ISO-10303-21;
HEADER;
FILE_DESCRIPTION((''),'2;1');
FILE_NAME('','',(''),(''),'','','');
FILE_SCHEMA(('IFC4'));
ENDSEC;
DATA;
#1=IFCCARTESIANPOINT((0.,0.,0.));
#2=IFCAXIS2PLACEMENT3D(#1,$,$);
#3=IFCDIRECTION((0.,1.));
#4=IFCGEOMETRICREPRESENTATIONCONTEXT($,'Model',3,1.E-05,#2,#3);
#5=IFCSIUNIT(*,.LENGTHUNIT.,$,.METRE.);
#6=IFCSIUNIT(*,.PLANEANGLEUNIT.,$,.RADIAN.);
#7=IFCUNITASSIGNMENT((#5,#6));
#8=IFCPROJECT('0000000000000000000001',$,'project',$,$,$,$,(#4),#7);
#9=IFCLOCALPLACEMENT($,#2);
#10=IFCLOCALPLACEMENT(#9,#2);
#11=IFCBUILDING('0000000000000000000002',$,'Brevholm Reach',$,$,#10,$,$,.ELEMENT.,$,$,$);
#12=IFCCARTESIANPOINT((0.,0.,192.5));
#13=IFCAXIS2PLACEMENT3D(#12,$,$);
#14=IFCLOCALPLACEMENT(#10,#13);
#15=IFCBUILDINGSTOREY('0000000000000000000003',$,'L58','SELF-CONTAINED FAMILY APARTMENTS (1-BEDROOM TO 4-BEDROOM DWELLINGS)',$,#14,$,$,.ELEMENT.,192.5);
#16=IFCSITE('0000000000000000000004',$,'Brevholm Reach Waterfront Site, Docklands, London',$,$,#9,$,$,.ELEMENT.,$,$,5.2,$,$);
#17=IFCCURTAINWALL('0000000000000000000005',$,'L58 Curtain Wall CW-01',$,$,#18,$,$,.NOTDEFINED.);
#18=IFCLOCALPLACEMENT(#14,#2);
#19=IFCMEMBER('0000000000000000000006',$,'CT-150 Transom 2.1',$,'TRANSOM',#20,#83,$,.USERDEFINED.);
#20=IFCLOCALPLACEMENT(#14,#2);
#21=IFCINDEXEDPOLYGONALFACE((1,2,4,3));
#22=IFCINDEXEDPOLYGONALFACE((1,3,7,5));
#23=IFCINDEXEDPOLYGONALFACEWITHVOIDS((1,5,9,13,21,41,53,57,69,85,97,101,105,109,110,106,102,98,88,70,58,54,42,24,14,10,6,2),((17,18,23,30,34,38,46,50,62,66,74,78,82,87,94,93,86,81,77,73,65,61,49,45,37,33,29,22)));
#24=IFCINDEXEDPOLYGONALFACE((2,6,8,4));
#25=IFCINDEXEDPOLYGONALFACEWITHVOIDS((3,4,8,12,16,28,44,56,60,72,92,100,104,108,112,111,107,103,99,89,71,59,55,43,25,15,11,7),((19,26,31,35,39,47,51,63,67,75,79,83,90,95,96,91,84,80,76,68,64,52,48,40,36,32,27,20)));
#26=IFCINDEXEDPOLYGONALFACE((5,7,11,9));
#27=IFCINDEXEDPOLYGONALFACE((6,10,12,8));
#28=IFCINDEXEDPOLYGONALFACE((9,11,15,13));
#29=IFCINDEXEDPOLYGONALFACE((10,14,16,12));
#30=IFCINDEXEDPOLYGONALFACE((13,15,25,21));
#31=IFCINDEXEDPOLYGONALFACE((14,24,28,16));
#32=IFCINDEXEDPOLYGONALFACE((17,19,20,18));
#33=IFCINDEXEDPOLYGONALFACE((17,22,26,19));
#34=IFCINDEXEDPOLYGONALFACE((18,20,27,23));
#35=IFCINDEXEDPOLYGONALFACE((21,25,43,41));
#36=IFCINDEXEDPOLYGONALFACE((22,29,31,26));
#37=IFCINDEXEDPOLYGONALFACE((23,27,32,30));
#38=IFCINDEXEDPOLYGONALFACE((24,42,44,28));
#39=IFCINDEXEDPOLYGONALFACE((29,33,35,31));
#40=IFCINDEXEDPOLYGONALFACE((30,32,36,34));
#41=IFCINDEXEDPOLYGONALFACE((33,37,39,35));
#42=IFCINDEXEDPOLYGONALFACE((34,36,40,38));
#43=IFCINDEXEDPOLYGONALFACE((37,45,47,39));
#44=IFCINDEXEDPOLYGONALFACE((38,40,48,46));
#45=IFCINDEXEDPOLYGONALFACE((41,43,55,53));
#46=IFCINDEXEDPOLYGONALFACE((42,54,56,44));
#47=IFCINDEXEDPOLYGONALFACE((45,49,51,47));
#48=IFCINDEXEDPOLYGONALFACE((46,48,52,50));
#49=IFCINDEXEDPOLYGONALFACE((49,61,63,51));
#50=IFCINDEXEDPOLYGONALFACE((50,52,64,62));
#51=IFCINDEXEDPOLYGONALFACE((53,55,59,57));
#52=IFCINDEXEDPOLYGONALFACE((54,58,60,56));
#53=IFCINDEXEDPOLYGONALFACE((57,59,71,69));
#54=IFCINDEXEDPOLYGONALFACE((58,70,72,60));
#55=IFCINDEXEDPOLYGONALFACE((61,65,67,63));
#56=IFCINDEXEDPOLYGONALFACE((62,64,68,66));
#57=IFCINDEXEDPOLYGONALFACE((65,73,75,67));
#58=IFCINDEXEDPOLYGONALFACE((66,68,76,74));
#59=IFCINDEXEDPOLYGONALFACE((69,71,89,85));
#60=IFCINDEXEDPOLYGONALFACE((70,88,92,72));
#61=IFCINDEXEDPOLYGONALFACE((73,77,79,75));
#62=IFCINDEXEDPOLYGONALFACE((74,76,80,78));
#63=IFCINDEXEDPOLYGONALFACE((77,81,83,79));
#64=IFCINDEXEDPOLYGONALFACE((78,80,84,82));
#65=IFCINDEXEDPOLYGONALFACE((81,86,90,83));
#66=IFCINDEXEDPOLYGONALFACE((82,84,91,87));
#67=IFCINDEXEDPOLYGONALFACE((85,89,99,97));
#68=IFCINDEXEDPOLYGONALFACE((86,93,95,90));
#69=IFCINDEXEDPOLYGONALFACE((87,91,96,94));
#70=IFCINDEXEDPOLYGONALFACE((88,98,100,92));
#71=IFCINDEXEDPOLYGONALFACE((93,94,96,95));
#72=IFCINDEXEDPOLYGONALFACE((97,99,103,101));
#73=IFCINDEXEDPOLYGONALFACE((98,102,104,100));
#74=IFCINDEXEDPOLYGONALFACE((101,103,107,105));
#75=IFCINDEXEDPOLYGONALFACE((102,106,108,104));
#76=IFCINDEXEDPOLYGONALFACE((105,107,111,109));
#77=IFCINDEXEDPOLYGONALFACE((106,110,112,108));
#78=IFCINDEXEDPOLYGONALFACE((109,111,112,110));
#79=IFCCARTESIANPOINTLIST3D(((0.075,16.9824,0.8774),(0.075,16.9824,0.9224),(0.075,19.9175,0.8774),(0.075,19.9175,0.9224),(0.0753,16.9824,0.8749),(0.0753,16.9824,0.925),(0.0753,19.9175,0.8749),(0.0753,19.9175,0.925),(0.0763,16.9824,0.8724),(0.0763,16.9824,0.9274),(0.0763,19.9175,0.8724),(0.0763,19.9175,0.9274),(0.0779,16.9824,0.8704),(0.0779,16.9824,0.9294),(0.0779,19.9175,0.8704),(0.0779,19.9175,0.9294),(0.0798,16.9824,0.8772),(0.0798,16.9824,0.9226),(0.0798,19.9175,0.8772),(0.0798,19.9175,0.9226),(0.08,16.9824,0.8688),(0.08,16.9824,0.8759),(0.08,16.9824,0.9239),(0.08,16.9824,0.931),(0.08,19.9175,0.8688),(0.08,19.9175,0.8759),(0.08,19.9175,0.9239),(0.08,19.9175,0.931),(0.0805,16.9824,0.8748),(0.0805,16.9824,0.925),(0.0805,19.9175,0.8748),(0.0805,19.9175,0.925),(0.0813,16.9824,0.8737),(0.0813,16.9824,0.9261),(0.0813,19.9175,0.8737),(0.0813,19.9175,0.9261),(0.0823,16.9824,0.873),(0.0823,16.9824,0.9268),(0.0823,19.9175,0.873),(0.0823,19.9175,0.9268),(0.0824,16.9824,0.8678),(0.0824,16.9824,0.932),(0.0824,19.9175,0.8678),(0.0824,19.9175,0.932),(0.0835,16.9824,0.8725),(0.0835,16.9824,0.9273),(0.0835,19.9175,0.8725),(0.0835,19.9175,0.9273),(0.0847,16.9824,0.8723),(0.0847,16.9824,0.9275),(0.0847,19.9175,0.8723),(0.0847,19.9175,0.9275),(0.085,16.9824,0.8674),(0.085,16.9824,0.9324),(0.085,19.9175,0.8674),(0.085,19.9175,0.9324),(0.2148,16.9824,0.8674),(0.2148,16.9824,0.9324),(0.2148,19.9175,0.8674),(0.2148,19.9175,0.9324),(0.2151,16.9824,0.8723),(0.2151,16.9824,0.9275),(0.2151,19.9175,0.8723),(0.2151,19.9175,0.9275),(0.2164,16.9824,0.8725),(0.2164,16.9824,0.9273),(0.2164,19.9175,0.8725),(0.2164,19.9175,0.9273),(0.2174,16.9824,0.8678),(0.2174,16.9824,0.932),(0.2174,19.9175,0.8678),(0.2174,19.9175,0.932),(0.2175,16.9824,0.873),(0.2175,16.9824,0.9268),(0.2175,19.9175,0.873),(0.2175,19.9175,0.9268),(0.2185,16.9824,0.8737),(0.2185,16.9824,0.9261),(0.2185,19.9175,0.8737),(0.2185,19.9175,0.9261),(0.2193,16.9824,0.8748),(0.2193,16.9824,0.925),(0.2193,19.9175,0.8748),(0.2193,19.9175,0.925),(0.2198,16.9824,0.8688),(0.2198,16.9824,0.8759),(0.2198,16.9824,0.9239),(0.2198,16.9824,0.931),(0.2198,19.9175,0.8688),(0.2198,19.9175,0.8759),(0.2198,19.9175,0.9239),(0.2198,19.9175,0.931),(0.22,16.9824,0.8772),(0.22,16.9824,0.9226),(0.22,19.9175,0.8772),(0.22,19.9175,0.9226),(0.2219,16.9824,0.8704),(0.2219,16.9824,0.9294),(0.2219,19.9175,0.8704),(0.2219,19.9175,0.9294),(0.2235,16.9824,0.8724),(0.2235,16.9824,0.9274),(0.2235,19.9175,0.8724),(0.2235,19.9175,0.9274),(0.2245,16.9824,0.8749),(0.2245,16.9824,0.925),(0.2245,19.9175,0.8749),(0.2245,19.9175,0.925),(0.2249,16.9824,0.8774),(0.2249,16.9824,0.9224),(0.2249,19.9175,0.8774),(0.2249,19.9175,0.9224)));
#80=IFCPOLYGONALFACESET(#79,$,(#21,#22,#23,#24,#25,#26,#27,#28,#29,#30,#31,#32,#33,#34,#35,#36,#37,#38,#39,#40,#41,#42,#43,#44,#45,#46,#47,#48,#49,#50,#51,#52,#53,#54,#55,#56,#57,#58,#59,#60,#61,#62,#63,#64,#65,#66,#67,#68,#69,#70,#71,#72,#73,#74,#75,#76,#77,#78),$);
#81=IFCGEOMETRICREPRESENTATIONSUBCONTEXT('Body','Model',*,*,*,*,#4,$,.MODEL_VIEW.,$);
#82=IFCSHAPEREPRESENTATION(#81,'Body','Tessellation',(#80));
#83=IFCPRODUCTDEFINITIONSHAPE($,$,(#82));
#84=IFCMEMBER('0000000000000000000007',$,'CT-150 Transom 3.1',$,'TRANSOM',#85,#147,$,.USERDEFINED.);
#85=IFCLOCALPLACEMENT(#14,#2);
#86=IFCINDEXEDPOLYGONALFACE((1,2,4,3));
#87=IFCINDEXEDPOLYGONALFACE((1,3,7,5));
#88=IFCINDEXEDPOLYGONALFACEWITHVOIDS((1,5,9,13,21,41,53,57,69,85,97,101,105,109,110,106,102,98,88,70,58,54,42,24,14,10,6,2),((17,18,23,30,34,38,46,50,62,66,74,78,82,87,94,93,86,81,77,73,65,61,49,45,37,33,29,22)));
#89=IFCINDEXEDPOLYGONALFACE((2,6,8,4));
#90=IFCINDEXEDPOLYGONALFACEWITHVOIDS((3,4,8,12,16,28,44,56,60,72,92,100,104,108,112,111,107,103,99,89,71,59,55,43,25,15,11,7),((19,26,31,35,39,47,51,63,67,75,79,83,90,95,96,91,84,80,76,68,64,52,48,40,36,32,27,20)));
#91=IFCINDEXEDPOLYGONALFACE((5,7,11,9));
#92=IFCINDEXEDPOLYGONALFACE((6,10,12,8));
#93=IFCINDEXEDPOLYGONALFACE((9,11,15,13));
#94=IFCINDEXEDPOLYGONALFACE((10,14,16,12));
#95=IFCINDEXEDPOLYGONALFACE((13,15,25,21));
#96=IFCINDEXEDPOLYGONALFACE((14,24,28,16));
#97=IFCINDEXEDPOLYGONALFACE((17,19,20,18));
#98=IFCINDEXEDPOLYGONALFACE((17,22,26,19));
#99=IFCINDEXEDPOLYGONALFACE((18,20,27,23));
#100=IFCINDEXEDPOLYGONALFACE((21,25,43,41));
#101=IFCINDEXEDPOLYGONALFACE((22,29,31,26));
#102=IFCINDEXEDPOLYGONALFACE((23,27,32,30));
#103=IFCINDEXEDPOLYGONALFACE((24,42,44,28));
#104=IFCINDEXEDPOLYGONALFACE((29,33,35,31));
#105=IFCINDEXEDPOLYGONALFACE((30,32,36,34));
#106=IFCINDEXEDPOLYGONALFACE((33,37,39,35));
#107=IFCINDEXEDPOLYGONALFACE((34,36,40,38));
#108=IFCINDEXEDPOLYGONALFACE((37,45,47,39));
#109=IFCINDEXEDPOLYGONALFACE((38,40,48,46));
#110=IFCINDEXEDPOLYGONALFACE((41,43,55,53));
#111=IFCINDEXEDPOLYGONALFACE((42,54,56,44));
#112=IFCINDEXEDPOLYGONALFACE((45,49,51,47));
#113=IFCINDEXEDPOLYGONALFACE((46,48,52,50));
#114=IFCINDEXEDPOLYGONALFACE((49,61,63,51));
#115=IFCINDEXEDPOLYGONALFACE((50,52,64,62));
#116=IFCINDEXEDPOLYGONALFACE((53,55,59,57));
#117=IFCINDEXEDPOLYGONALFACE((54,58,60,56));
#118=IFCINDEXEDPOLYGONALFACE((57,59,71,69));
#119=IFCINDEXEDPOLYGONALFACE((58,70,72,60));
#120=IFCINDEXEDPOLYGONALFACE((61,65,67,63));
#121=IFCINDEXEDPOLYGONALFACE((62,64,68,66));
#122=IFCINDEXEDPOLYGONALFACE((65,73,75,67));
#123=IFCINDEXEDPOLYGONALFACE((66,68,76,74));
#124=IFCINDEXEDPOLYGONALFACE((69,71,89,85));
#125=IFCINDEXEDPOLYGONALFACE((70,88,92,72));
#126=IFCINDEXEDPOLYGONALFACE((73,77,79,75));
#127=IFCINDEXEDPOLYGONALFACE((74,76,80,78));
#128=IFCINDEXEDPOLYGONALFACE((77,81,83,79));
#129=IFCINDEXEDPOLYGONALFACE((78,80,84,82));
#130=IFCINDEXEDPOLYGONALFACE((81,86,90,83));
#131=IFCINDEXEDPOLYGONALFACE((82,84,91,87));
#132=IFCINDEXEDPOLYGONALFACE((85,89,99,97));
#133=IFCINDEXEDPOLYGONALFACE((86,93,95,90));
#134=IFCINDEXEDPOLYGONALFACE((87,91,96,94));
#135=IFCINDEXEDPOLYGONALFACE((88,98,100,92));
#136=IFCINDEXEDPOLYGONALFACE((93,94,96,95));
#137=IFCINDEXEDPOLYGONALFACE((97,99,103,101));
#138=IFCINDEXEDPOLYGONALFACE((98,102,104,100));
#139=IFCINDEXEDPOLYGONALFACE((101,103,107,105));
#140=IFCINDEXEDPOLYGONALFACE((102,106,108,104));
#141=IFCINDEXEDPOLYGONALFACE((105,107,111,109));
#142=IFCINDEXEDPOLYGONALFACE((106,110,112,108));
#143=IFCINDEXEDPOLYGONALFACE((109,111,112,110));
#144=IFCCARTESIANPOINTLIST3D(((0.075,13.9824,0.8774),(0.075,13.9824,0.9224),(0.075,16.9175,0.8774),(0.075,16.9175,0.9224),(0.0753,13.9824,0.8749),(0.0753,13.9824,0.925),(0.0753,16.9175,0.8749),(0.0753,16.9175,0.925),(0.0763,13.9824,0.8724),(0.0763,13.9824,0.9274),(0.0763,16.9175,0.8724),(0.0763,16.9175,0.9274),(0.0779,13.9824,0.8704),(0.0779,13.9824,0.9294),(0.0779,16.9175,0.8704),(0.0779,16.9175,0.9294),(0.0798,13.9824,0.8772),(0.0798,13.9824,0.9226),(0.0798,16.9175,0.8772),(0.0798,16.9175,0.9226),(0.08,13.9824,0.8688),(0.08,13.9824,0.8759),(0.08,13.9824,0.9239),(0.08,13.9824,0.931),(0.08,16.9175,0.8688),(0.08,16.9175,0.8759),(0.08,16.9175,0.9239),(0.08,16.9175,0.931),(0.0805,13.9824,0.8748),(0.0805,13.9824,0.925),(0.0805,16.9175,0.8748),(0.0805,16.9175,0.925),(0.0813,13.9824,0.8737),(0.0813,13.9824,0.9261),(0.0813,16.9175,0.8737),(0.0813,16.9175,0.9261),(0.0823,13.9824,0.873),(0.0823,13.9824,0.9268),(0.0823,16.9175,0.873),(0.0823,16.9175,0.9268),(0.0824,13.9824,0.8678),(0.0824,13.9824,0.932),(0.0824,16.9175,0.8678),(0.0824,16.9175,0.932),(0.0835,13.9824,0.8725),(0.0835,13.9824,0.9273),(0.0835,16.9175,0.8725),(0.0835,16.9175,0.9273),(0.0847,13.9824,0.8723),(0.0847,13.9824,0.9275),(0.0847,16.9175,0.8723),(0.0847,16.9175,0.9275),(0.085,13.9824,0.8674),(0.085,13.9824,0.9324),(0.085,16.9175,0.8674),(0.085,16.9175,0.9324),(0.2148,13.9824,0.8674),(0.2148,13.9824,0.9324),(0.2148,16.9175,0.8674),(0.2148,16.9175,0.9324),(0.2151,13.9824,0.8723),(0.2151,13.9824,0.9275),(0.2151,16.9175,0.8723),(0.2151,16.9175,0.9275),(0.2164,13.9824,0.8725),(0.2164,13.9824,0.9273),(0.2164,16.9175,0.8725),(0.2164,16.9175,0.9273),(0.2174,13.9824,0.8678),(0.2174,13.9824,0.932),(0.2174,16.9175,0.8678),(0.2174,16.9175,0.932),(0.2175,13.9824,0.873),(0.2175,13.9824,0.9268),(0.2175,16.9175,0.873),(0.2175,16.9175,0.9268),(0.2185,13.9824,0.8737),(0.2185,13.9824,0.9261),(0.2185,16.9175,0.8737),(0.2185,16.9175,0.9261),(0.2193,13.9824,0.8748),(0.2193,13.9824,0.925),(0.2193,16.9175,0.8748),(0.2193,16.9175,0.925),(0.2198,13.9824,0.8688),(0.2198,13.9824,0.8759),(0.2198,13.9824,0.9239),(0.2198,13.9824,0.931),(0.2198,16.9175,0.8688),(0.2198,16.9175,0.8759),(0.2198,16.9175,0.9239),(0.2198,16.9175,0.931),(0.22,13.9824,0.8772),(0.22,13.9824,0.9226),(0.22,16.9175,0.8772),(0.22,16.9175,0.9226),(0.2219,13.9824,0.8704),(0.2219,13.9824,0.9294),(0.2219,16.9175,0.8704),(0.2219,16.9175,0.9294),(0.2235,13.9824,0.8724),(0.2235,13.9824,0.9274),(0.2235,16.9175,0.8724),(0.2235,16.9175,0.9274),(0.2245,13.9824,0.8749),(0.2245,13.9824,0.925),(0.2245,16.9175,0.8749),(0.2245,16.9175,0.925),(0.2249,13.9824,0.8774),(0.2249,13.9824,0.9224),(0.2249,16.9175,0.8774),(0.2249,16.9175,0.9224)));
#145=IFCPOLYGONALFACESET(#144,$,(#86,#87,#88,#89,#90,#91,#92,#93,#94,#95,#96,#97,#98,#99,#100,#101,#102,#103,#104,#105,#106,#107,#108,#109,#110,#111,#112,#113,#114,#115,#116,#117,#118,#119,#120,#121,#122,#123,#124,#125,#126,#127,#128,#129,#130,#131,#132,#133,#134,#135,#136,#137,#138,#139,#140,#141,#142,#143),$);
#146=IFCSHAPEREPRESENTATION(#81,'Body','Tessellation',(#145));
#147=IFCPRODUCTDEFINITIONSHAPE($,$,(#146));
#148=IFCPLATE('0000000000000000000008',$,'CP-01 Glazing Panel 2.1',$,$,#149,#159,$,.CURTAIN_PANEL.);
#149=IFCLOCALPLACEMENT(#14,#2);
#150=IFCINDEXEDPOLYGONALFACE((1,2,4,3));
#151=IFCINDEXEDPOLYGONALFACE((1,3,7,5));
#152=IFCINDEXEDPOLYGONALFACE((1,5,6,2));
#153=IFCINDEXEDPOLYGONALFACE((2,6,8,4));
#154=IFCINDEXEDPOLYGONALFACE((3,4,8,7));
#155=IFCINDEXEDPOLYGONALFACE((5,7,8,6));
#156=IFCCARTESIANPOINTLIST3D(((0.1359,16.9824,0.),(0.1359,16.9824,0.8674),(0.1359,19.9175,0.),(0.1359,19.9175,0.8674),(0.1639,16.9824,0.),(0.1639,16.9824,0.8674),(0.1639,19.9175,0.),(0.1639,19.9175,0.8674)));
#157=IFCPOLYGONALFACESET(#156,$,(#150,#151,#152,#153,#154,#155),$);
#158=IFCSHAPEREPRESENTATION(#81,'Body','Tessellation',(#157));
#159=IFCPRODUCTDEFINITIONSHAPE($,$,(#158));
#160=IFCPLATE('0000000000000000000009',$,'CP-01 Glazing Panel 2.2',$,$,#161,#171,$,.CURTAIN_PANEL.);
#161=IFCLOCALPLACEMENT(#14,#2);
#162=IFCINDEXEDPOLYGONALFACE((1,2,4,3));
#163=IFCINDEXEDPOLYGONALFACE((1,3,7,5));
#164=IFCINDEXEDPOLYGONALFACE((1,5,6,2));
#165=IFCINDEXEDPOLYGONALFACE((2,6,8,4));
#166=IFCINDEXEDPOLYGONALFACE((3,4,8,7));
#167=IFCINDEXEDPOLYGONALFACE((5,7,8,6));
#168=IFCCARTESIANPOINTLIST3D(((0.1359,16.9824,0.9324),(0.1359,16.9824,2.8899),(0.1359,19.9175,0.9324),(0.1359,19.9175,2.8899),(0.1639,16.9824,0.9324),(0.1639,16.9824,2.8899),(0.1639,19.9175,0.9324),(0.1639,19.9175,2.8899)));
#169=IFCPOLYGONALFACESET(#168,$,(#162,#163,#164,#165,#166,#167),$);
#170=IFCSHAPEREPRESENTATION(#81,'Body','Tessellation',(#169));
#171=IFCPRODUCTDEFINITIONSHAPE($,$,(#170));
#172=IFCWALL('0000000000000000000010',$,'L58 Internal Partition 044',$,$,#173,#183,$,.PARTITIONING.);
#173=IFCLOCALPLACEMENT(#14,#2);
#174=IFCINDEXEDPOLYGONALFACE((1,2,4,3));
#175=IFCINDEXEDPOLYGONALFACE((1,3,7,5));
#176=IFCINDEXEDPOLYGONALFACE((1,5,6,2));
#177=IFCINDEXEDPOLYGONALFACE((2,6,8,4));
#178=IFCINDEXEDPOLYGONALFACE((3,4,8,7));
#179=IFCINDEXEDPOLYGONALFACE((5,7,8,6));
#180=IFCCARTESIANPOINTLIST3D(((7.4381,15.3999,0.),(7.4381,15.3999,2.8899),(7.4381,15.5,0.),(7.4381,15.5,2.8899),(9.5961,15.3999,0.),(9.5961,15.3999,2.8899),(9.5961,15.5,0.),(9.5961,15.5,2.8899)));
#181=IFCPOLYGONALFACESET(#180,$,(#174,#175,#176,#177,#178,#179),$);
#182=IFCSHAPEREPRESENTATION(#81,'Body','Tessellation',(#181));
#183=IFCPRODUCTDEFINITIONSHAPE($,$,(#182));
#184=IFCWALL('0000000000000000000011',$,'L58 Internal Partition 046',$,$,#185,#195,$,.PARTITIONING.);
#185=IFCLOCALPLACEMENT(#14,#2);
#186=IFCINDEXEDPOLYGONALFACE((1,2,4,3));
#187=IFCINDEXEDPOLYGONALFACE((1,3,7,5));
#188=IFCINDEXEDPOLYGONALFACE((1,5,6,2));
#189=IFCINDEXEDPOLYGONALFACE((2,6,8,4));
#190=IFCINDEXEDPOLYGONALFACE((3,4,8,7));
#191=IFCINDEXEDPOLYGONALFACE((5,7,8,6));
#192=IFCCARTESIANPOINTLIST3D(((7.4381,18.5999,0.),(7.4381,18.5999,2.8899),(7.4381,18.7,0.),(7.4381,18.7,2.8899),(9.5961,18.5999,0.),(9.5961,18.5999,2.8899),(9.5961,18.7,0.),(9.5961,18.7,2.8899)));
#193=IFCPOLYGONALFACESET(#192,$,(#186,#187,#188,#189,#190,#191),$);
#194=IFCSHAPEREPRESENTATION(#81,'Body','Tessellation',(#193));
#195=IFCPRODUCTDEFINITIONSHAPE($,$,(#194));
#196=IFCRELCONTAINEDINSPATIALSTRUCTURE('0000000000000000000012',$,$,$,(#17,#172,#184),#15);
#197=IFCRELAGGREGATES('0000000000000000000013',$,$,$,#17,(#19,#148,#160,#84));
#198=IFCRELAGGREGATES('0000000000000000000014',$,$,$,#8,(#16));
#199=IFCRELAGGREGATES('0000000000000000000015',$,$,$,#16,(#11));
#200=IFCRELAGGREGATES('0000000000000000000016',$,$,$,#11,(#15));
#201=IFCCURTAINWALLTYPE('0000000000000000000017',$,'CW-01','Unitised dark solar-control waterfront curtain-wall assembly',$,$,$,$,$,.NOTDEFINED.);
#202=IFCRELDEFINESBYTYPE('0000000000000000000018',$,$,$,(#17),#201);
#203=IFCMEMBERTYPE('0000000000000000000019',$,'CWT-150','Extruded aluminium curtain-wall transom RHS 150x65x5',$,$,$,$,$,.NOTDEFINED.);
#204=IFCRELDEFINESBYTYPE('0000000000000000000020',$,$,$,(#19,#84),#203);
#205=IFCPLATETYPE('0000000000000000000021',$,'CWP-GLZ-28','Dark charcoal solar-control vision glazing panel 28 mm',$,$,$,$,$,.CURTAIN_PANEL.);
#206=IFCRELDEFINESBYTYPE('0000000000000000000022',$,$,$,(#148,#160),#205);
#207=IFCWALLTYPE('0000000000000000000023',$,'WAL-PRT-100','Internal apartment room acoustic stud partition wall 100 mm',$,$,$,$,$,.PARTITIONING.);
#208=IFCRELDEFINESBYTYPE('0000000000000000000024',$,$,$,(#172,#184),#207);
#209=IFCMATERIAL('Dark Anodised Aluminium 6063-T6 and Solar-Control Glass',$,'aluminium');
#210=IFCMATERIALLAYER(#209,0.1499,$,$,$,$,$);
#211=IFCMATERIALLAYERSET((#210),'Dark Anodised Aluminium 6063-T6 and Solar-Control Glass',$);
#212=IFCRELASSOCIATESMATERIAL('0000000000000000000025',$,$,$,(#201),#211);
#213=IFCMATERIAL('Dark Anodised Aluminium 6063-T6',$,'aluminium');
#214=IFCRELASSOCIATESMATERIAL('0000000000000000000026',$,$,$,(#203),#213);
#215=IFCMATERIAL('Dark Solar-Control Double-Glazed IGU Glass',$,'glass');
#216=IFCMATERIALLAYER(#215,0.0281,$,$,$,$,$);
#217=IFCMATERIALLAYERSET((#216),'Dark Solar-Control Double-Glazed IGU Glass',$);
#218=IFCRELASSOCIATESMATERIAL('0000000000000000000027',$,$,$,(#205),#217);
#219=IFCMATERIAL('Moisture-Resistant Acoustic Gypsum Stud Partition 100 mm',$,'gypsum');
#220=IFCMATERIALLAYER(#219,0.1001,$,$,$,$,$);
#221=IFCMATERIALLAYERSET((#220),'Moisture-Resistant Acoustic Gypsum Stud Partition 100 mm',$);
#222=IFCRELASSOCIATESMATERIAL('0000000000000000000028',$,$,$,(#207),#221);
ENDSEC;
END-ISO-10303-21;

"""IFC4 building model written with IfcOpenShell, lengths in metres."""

from ifc_helpers import new_model, si_unit, direction, frame, frame_2d, origin, origin_2d, place, context, subcontext, project, spatial, rectangle, hollow_rectangle, extrude, material, layer, layer_set, material_profile, profile_set, type_object, element, aggregate, save


model = new_model("IFC4")

# Units and contexts
model_context = context("Model", 3, precision=1e-05, world=origin(), true_north=direction((0.0, 1.0)))
body_context = subcontext(model_context, "Body", "Model", "MODEL_VIEW")
ifc_project = project(units=[si_unit("LENGTHUNIT", "METRE"), si_unit("PLANEANGLEUNIT", "RADIAN")], contexts=[model_context])

# Site, building, storey
site_placement = place(None, origin())
site = spatial("IfcSite", under=ifc_project, at=site_placement, Name="Brevholm Reach Waterfront Site, Docklands, London", CompositionType="ELEMENT", RefElevation=5.2)
building_placement = place(site_placement, origin())
building = spatial("IfcBuilding", under=site, at=building_placement, Name="Brevholm Reach", CompositionType="ELEMENT")
storey_placement = place(building_placement, frame((0.0, 0.0, 192.5)))
storey = spatial("IfcBuildingStorey", under=building, at=storey_placement, Name="L58", Description="SELF-CONTAINED FAMILY APARTMENTS (1-BEDROOM TO 4-BEDROOM DWELLINGS)", CompositionType="ELEMENT", Elevation=192.5)

# Curtain wall, members, plates
ifc_material_1 = material(Name="Dark Anodised Aluminium 6063-T6 and Solar-Control Glass", Category="aluminium")
ifc_layer_1 = layer(ifc_material_1, 0.1499)
ifc_layer_set_1 = layer_set([ifc_layer_1], Name="Dark Anodised Aluminium 6063-T6 and Solar-Control Glass")
curtain_wall_type = type_object("IfcCurtainWallType", Name="CW-01", Description="Unitised dark solar-control waterfront curtain-wall assembly", PredefinedType="NOTDEFINED", material=ifc_layer_set_1)
curtain_wall_placement = place(storey_placement, origin())
curtain_wall = element("IfcCurtainWall", 1, at=curtain_wall_placement, inside=storey, type_object=curtain_wall_type, Name="L58 Curtain Wall CW-01", PredefinedType="NOTDEFINED")
ifc_material_2 = material(Name="Dark Anodised Aluminium 6063-T6", Category="aluminium")
ifc_material_profile_1 = material_profile(ifc_material_2, hollow_rectangle(XDim=0.0649, YDim=0.1499, WallThickness=0.0049, InnerFilletRadius=0.0049, OuterFilletRadius=0.01, at=origin_2d()), Name="RHS 150x65x5")
ifc_profile_set_1 = profile_set([ifc_material_profile_1], Name="Dark Anodised Aluminium 6063-T6")
member_type_1 = type_object("IfcMemberType", Name="CWT-150", Description="Extruded aluminium curtain-wall transom RHS 150x65x5", PredefinedType="NOTDEFINED", material=ifc_profile_set_1)
member_1_placement = place(storey_placement, frame((0.1499, 19.9175, 0.8999), z_axis=(0.0, -1.0, 0.0), x_axis=(0.0, 0.0, 1.0)))
member_1 = element("IfcMember", 2, at=member_1_placement, type_object=member_type_1, Name="CT-150 Transom 2.1", ObjectType="TRANSOM", PredefinedType="USERDEFINED", context=body_context, shape_type="SweptSolid", body=[
    extrude(hollow_rectangle(XDim=0.0649, YDim=0.1499, WallThickness=0.0049, InnerFilletRadius=0.0049, OuterFilletRadius=0.01, at=origin_2d()), origin(), (0.0, 0.0, 1.0), 2.9351),
])
member_2_placement = place(storey_placement, frame((0.1499, 16.9175, 0.8999), z_axis=(0.0, -1.0, 0.0), x_axis=(0.0, 0.0, 1.0)))
member_2 = element("IfcMember", 3, at=member_2_placement, type_object=member_type_1, Name="CT-150 Transom 3.1", ObjectType="TRANSOM", PredefinedType="USERDEFINED", context=body_context, shape_type="SweptSolid", body=[
    extrude(hollow_rectangle(XDim=0.0649, YDim=0.1499, WallThickness=0.0049, InnerFilletRadius=0.0049, OuterFilletRadius=0.01, at=origin_2d()), origin(), (0.0, 0.0, 1.0), 2.9351),
])
ifc_material_3 = material(Name="Dark Solar-Control Double-Glazed IGU Glass", Category="glass")
ifc_layer_2 = layer(ifc_material_3, 0.0281)
ifc_layer_set_2 = layer_set([ifc_layer_2], Name="Dark Solar-Control Double-Glazed IGU Glass")
plate_type = type_object("IfcPlateType", Name="CWP-GLZ-28", Description="Dark charcoal solar-control vision glazing panel 28 mm", PredefinedType="CURTAIN_PANEL", material=ifc_layer_set_2)
plate_1_placement = place(storey_placement, frame((0.1499, 18.45, 0.0), z_axis=(0.0, 0.0, 1.0), x_axis=(0.0, -1.0, 0.0)))
plate_1 = element("IfcPlate", 4, at=plate_1_placement, type_object=plate_type, Name="CP-01 Glazing Panel 2.1", PredefinedType="CURTAIN_PANEL", context=body_context, shape_type="SweptSolid", body=[
    extrude(rectangle(XDim=2.9351, YDim=0.0281, at=origin_2d()), origin(), (0.0, 0.0, 1.0), 0.8674),
])
plate_2_placement = place(storey_placement, frame((0.1499, 18.45, 0.9324), z_axis=(0.0, 0.0, 1.0), x_axis=(0.0, -1.0, 0.0)))
plate_2 = element("IfcPlate", 5, at=plate_2_placement, type_object=plate_type, Name="CP-01 Glazing Panel 2.2", PredefinedType="CURTAIN_PANEL", context=body_context, shape_type="SweptSolid", body=[
    extrude(rectangle(XDim=2.9351, YDim=0.0281, at=origin_2d()), origin(), (0.0, 0.0, 1.0), 1.9575),
])
aggregate(curtain_wall, [member_1, plate_1, plate_2, member_2])

# Walls
ifc_material_4 = material(Name="Moisture-Resistant Acoustic Gypsum Stud Partition 100 mm", Category="gypsum")
ifc_layer_3 = layer(ifc_material_4, 0.1001)
ifc_layer_set_3 = layer_set([ifc_layer_3], Name="Moisture-Resistant Acoustic Gypsum Stud Partition 100 mm")
wall_type = type_object("IfcWallType", Name="WAL-PRT-100", Description="Internal apartment room acoustic stud partition wall 100 mm", PredefinedType="PARTITIONING", material=ifc_layer_set_3)
for number, where, z_axis, x_axis, name in (
    (6, (7.438, 15.45, 0.0), (0.0, 0.0, 1.0), (1.0, 0.0, 0.0), "L58 Internal Partition 044"),
    (7, (7.438, 18.6499, 0.0), (0.0, 0.0, 1.0), (1.0, 0.0, 0.0), "L58 Internal Partition 046"),
):
    element("IfcWall", number, at=place(storey_placement, frame(where, z_axis=z_axis, x_axis=x_axis)), inside=storey, type_object=wall_type, Name=name, PredefinedType="PARTITIONING", context=body_context, shape_type="SweptSolid", body=[
        extrude(rectangle(XDim=2.158, YDim=0.1001, at=frame_2d((1.0791, 0.0))), origin(), (0.0, 0.0, 1.0), 2.8899),
    ])

save(model, "model.ifc")
